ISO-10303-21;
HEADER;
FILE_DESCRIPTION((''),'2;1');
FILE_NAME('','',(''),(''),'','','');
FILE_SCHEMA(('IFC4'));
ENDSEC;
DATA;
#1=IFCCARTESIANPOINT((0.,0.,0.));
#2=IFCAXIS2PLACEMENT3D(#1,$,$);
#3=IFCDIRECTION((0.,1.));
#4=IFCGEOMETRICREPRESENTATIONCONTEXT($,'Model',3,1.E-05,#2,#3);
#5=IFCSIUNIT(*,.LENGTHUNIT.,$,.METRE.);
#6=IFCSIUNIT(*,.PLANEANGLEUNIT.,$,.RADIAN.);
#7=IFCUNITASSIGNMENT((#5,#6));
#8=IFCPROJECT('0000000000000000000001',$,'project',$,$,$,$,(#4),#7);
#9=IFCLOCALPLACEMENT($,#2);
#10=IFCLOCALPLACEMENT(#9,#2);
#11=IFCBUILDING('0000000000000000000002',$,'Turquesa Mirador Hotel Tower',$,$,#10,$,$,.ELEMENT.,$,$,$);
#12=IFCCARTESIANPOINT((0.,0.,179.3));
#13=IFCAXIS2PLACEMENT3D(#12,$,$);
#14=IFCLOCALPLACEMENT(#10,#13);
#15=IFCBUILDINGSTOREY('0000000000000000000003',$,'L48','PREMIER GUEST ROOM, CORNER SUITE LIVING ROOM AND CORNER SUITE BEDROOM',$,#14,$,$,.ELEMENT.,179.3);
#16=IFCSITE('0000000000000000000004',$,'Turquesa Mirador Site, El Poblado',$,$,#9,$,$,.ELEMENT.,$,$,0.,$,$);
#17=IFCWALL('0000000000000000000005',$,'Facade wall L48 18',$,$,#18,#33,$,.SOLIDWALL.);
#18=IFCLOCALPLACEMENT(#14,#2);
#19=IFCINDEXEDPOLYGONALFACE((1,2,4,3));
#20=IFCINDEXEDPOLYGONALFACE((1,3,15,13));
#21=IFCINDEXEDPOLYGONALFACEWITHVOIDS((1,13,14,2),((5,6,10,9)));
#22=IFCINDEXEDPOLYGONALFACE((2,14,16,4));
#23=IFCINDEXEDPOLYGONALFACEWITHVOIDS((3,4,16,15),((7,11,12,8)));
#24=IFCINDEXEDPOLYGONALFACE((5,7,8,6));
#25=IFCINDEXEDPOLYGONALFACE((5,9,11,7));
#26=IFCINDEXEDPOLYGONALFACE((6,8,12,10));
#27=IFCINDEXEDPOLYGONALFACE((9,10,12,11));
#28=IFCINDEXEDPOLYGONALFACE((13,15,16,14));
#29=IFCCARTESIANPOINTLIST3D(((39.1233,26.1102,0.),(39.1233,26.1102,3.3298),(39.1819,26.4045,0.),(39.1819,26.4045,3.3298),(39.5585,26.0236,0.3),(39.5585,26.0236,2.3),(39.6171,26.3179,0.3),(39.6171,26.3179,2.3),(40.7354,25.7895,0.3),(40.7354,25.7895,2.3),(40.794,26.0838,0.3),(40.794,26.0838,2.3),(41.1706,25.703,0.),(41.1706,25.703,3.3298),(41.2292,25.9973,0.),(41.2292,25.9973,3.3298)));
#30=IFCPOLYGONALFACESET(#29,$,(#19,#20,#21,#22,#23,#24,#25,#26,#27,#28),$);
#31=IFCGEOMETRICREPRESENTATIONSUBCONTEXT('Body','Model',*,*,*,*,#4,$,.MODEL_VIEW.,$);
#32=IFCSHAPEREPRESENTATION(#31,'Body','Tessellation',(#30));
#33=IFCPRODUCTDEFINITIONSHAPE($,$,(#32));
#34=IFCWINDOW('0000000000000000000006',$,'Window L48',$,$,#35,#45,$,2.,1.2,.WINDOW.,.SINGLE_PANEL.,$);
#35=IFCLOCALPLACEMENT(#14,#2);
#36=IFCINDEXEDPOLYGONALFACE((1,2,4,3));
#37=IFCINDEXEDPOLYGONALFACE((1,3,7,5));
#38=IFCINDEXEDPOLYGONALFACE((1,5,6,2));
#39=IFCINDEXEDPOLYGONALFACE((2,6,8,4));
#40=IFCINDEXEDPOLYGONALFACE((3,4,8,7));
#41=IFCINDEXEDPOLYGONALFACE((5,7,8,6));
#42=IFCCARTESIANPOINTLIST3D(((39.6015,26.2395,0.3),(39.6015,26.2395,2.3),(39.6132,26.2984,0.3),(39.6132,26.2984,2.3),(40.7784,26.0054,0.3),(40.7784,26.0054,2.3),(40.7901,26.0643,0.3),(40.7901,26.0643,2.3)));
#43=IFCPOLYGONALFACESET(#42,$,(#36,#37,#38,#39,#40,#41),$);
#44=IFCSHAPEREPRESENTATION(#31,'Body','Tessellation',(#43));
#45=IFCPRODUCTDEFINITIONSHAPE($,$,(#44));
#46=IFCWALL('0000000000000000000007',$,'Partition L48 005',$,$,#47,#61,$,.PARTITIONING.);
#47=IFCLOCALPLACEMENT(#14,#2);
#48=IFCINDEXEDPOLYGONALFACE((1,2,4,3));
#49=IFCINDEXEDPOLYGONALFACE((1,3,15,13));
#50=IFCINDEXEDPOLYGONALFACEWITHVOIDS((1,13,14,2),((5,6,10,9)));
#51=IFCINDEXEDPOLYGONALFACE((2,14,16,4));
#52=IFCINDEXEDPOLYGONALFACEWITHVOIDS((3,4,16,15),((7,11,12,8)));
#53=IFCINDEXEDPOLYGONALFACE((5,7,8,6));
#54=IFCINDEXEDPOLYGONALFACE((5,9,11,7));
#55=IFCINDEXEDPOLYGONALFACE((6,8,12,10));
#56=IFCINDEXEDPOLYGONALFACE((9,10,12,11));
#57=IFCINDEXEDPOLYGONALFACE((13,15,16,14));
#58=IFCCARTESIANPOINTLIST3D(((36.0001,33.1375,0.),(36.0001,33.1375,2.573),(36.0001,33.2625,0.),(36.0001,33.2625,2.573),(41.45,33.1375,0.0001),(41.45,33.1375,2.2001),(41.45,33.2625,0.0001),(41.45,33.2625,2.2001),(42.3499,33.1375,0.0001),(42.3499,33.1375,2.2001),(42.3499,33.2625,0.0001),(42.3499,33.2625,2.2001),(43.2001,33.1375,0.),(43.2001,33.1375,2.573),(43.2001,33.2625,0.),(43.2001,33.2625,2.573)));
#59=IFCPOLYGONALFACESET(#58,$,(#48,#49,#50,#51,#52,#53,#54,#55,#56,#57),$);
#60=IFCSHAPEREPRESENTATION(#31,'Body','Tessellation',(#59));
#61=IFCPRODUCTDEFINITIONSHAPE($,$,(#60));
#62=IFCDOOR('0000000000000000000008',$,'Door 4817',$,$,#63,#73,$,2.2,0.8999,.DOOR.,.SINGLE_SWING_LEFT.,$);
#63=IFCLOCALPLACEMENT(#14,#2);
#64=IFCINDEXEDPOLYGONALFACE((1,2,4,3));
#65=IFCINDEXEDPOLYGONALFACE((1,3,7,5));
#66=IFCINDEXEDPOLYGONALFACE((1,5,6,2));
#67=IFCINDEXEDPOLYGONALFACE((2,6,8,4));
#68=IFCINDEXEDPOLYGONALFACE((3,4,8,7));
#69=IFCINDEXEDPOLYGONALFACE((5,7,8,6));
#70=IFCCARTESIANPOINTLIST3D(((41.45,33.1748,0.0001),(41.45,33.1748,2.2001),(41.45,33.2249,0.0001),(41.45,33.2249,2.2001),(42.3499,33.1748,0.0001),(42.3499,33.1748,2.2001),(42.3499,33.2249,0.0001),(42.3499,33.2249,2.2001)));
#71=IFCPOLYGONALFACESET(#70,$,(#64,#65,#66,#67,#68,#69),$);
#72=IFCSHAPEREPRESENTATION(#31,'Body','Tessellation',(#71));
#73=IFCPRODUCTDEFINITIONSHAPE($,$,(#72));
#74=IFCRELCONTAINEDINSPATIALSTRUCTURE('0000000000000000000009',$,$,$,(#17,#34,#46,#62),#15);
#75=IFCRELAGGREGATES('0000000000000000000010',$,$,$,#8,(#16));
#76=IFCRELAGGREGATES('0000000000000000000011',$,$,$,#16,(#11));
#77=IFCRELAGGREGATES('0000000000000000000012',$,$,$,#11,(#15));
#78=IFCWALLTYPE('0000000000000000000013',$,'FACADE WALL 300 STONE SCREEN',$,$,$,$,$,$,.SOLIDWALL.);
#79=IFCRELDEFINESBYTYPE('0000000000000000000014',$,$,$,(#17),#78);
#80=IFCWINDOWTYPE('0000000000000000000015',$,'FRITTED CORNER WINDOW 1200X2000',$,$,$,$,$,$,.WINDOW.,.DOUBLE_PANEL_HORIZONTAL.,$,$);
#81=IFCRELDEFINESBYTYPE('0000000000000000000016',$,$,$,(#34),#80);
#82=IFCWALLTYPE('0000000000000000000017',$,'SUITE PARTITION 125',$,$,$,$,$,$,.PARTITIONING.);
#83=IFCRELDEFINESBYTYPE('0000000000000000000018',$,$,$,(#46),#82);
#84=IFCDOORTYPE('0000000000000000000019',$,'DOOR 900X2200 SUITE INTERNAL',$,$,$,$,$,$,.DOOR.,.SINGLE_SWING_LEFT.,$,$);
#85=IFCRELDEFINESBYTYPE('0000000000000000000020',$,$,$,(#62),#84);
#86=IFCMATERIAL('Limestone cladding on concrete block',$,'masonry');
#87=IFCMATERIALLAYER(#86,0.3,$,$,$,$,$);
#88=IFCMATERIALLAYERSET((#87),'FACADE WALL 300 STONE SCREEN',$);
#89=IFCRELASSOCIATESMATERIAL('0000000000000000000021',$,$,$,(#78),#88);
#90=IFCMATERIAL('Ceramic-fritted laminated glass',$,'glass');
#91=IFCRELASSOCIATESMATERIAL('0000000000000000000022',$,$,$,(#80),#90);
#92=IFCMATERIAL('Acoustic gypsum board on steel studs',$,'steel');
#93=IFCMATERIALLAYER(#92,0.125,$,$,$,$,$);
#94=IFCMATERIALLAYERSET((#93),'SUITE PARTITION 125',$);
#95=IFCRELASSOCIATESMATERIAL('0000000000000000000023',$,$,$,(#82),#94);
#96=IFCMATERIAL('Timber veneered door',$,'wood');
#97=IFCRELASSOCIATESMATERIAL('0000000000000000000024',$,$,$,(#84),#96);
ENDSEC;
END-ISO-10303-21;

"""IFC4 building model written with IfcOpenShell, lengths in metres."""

from ifc_helpers import new_model, si_unit, direction, frame, frame_2d, origin, place, context, subcontext, project, spatial, rectangle, extrude, material, layer, layer_set, type_object, element, fill, save


model = new_model("IFC4")

# Units and contexts
model_context = context("Model", 3, precision=1e-05, world=origin(), true_north=direction((0.0, 1.0)))
body_context = subcontext(model_context, "Body", "Model", "MODEL_VIEW")
ifc_project = project(units=[si_unit("LENGTHUNIT", "METRE"), si_unit("PLANEANGLEUNIT", "RADIAN")], contexts=[model_context])

# Site, building, storey
site_placement = place(None, origin())
site = spatial("IfcSite", under=ifc_project, at=site_placement, Name="Turquesa Mirador Site, El Poblado", CompositionType="ELEMENT", RefElevation=0.0)
building_placement = place(site_placement, origin())
building = spatial("IfcBuilding", under=site, at=building_placement, Name="Turquesa Mirador Hotel Tower", CompositionType="ELEMENT")
storey_placement = place(building_placement, frame((0.0, 0.0, 179.3)))
storey = spatial("IfcBuildingStorey", under=building, at=storey_placement, Name="L48", Description="PREMIER GUEST ROOM, CORNER SUITE LIVING ROOM AND CORNER SUITE BEDROOM", CompositionType="ELEMENT", Elevation=179.3)

# Wall, opening, window
ifc_material_1 = material(Name="Limestone cladding on concrete block", Category="masonry")
ifc_layer_1 = layer(ifc_material_1, 0.3)
ifc_layer_set_1 = layer_set([ifc_layer_1], Name="FACADE WALL 300 STONE SCREEN")
wall_type_1 = type_object("IfcWallType", Name="FACADE WALL 300 STONE SCREEN", PredefinedType="SOLIDWALL", material=ifc_layer_set_1)
ifc_material_2 = material(Name="Ceramic-fritted laminated glass", Category="glass")
window_type_1 = type_object("IfcWindowType", Name="FRITTED CORNER WINDOW 1200X2000", PartitioningType="DOUBLE_PANEL_HORIZONTAL", PredefinedType="WINDOW", material=ifc_material_2)
wall_1_placement = place(storey_placement, frame((39.1526, 26.2573, 0.0), z_axis=(0.0, 0.0, 1.0), x_axis=(0.980787, -0.195081, 0.0)))
wall_1 = element("IfcWall", 1, at=wall_1_placement, inside=storey, type_object=wall_type_1, Name="Facade wall L48 18", PredefinedType="SOLIDWALL", context=body_context, shape_type="SweptSolid", body=[
    extrude(rectangle(XDim=2.0874, YDim=0.3, at=frame_2d((1.0437, 0.0))), origin(), (0.0, 0.0, 1.0), 3.3298),
])
opening_1_placement = place(wall_1_placement, frame((0.4436, 0.0, 0.3)))
opening_1 = element("IfcOpeningElement", 2, at=opening_1_placement, cuts=wall_1, PredefinedType="OPENING", context=body_context, shape_type="SweptSolid", body=[
    extrude(rectangle(XDim=1.2, YDim=2.0, at=frame_2d((0.6001, 1.0))), frame((0.0, 0.1599, 0.0), z_axis=(0.0, -1.0, 0.0), x_axis=(1.0, 0.0, 0.0)), (0.0, 0.0, 1.0), 0.3201),
])
window_1_placement = place(opening_1_placement, origin())
window_1 = element("IfcWindow", 3, at=window_1_placement, inside=storey, type_object=window_type_1, Name="Window L48", OverallHeight=2.0, OverallWidth=1.2, PartitioningType="SINGLE_PANEL", PredefinedType="WINDOW", context=body_context, shape_type="SweptSolid", body=[
    extrude(rectangle(XDim=1.2, YDim=2.0, at=frame_2d((0.6001, 1.0))), frame((0.0, 0.1301, 0.0), z_axis=(0.0, -1.0, 0.0), x_axis=(1.0, 0.0, 0.0)), (0.0, 0.0, 1.0), 0.0601),
])
fill(opening_1, window_1)

# Wall, opening, door
ifc_material_3 = material(Name="Acoustic gypsum board on steel studs", Category="steel")
ifc_layer_2 = layer(ifc_material_3, 0.125)
ifc_layer_set_2 = layer_set([ifc_layer_2], Name="SUITE PARTITION 125")
wall_type_2 = type_object("IfcWallType", Name="SUITE PARTITION 125", PredefinedType="PARTITIONING", material=ifc_layer_set_2)
wall_2_placement = place(storey_placement, frame((36.0, 33.2, 0.0), z_axis=(0.0, 0.0, 1.0), x_axis=(1.0, 0.0, 0.0)))
wall_2 = element("IfcWall", 4, at=wall_2_placement, inside=storey, type_object=wall_type_2, Name="Partition L48 005", PredefinedType="PARTITIONING", context=body_context, shape_type="SweptSolid", body=[
    extrude(rectangle(XDim=7.2, YDim=0.125, at=frame_2d((3.6001, 0.0))), origin(), (0.0, 0.0, 1.0), 2.573),
])
opening_2_placement = place(wall_2_placement, frame((5.45, 0.0, 0.0)))
opening_2 = element("IfcOpeningElement", 5, at=opening_2_placement, cuts=wall_2, PredefinedType="OPENING", context=body_context, shape_type="SweptSolid", body=[
    extrude(rectangle(XDim=0.8999, YDim=2.2, at=frame_2d((0.45, 1.1001))), frame((0.0, 0.0725, 0.0), z_axis=(0.0, -1.0, 0.0), x_axis=(1.0, 0.0, 0.0)), (0.0, 0.0, 1.0), 0.145),
])
ifc_material_4 = material(Name="Timber veneered door", Category="wood")
door_type = type_object("IfcDoorType", Name="DOOR 900X2200 SUITE INTERNAL", OperationType="SINGLE_SWING_LEFT", PredefinedType="DOOR", material=ifc_material_4)
door_placement = place(opening_2_placement, origin())
door = element("IfcDoor", 6, at=door_placement, inside=storey, type_object=door_type, Name="Door 4817", OperationType="SINGLE_SWING_LEFT", OverallHeight=2.2, OverallWidth=0.8999, PredefinedType="DOOR", context=body_context, shape_type="SweptSolid", body=[
    extrude(rectangle(XDim=0.8999, YDim=2.2, at=frame_2d((0.45, 1.1001))), frame((0.0, 0.0249, 0.0), z_axis=(0.0, -1.0, 0.0), x_axis=(1.0, 0.0, 0.0)), (0.0, 0.0, 1.0), 0.05),
])
fill(opening_2, door)

save(model, "model.ifc")
